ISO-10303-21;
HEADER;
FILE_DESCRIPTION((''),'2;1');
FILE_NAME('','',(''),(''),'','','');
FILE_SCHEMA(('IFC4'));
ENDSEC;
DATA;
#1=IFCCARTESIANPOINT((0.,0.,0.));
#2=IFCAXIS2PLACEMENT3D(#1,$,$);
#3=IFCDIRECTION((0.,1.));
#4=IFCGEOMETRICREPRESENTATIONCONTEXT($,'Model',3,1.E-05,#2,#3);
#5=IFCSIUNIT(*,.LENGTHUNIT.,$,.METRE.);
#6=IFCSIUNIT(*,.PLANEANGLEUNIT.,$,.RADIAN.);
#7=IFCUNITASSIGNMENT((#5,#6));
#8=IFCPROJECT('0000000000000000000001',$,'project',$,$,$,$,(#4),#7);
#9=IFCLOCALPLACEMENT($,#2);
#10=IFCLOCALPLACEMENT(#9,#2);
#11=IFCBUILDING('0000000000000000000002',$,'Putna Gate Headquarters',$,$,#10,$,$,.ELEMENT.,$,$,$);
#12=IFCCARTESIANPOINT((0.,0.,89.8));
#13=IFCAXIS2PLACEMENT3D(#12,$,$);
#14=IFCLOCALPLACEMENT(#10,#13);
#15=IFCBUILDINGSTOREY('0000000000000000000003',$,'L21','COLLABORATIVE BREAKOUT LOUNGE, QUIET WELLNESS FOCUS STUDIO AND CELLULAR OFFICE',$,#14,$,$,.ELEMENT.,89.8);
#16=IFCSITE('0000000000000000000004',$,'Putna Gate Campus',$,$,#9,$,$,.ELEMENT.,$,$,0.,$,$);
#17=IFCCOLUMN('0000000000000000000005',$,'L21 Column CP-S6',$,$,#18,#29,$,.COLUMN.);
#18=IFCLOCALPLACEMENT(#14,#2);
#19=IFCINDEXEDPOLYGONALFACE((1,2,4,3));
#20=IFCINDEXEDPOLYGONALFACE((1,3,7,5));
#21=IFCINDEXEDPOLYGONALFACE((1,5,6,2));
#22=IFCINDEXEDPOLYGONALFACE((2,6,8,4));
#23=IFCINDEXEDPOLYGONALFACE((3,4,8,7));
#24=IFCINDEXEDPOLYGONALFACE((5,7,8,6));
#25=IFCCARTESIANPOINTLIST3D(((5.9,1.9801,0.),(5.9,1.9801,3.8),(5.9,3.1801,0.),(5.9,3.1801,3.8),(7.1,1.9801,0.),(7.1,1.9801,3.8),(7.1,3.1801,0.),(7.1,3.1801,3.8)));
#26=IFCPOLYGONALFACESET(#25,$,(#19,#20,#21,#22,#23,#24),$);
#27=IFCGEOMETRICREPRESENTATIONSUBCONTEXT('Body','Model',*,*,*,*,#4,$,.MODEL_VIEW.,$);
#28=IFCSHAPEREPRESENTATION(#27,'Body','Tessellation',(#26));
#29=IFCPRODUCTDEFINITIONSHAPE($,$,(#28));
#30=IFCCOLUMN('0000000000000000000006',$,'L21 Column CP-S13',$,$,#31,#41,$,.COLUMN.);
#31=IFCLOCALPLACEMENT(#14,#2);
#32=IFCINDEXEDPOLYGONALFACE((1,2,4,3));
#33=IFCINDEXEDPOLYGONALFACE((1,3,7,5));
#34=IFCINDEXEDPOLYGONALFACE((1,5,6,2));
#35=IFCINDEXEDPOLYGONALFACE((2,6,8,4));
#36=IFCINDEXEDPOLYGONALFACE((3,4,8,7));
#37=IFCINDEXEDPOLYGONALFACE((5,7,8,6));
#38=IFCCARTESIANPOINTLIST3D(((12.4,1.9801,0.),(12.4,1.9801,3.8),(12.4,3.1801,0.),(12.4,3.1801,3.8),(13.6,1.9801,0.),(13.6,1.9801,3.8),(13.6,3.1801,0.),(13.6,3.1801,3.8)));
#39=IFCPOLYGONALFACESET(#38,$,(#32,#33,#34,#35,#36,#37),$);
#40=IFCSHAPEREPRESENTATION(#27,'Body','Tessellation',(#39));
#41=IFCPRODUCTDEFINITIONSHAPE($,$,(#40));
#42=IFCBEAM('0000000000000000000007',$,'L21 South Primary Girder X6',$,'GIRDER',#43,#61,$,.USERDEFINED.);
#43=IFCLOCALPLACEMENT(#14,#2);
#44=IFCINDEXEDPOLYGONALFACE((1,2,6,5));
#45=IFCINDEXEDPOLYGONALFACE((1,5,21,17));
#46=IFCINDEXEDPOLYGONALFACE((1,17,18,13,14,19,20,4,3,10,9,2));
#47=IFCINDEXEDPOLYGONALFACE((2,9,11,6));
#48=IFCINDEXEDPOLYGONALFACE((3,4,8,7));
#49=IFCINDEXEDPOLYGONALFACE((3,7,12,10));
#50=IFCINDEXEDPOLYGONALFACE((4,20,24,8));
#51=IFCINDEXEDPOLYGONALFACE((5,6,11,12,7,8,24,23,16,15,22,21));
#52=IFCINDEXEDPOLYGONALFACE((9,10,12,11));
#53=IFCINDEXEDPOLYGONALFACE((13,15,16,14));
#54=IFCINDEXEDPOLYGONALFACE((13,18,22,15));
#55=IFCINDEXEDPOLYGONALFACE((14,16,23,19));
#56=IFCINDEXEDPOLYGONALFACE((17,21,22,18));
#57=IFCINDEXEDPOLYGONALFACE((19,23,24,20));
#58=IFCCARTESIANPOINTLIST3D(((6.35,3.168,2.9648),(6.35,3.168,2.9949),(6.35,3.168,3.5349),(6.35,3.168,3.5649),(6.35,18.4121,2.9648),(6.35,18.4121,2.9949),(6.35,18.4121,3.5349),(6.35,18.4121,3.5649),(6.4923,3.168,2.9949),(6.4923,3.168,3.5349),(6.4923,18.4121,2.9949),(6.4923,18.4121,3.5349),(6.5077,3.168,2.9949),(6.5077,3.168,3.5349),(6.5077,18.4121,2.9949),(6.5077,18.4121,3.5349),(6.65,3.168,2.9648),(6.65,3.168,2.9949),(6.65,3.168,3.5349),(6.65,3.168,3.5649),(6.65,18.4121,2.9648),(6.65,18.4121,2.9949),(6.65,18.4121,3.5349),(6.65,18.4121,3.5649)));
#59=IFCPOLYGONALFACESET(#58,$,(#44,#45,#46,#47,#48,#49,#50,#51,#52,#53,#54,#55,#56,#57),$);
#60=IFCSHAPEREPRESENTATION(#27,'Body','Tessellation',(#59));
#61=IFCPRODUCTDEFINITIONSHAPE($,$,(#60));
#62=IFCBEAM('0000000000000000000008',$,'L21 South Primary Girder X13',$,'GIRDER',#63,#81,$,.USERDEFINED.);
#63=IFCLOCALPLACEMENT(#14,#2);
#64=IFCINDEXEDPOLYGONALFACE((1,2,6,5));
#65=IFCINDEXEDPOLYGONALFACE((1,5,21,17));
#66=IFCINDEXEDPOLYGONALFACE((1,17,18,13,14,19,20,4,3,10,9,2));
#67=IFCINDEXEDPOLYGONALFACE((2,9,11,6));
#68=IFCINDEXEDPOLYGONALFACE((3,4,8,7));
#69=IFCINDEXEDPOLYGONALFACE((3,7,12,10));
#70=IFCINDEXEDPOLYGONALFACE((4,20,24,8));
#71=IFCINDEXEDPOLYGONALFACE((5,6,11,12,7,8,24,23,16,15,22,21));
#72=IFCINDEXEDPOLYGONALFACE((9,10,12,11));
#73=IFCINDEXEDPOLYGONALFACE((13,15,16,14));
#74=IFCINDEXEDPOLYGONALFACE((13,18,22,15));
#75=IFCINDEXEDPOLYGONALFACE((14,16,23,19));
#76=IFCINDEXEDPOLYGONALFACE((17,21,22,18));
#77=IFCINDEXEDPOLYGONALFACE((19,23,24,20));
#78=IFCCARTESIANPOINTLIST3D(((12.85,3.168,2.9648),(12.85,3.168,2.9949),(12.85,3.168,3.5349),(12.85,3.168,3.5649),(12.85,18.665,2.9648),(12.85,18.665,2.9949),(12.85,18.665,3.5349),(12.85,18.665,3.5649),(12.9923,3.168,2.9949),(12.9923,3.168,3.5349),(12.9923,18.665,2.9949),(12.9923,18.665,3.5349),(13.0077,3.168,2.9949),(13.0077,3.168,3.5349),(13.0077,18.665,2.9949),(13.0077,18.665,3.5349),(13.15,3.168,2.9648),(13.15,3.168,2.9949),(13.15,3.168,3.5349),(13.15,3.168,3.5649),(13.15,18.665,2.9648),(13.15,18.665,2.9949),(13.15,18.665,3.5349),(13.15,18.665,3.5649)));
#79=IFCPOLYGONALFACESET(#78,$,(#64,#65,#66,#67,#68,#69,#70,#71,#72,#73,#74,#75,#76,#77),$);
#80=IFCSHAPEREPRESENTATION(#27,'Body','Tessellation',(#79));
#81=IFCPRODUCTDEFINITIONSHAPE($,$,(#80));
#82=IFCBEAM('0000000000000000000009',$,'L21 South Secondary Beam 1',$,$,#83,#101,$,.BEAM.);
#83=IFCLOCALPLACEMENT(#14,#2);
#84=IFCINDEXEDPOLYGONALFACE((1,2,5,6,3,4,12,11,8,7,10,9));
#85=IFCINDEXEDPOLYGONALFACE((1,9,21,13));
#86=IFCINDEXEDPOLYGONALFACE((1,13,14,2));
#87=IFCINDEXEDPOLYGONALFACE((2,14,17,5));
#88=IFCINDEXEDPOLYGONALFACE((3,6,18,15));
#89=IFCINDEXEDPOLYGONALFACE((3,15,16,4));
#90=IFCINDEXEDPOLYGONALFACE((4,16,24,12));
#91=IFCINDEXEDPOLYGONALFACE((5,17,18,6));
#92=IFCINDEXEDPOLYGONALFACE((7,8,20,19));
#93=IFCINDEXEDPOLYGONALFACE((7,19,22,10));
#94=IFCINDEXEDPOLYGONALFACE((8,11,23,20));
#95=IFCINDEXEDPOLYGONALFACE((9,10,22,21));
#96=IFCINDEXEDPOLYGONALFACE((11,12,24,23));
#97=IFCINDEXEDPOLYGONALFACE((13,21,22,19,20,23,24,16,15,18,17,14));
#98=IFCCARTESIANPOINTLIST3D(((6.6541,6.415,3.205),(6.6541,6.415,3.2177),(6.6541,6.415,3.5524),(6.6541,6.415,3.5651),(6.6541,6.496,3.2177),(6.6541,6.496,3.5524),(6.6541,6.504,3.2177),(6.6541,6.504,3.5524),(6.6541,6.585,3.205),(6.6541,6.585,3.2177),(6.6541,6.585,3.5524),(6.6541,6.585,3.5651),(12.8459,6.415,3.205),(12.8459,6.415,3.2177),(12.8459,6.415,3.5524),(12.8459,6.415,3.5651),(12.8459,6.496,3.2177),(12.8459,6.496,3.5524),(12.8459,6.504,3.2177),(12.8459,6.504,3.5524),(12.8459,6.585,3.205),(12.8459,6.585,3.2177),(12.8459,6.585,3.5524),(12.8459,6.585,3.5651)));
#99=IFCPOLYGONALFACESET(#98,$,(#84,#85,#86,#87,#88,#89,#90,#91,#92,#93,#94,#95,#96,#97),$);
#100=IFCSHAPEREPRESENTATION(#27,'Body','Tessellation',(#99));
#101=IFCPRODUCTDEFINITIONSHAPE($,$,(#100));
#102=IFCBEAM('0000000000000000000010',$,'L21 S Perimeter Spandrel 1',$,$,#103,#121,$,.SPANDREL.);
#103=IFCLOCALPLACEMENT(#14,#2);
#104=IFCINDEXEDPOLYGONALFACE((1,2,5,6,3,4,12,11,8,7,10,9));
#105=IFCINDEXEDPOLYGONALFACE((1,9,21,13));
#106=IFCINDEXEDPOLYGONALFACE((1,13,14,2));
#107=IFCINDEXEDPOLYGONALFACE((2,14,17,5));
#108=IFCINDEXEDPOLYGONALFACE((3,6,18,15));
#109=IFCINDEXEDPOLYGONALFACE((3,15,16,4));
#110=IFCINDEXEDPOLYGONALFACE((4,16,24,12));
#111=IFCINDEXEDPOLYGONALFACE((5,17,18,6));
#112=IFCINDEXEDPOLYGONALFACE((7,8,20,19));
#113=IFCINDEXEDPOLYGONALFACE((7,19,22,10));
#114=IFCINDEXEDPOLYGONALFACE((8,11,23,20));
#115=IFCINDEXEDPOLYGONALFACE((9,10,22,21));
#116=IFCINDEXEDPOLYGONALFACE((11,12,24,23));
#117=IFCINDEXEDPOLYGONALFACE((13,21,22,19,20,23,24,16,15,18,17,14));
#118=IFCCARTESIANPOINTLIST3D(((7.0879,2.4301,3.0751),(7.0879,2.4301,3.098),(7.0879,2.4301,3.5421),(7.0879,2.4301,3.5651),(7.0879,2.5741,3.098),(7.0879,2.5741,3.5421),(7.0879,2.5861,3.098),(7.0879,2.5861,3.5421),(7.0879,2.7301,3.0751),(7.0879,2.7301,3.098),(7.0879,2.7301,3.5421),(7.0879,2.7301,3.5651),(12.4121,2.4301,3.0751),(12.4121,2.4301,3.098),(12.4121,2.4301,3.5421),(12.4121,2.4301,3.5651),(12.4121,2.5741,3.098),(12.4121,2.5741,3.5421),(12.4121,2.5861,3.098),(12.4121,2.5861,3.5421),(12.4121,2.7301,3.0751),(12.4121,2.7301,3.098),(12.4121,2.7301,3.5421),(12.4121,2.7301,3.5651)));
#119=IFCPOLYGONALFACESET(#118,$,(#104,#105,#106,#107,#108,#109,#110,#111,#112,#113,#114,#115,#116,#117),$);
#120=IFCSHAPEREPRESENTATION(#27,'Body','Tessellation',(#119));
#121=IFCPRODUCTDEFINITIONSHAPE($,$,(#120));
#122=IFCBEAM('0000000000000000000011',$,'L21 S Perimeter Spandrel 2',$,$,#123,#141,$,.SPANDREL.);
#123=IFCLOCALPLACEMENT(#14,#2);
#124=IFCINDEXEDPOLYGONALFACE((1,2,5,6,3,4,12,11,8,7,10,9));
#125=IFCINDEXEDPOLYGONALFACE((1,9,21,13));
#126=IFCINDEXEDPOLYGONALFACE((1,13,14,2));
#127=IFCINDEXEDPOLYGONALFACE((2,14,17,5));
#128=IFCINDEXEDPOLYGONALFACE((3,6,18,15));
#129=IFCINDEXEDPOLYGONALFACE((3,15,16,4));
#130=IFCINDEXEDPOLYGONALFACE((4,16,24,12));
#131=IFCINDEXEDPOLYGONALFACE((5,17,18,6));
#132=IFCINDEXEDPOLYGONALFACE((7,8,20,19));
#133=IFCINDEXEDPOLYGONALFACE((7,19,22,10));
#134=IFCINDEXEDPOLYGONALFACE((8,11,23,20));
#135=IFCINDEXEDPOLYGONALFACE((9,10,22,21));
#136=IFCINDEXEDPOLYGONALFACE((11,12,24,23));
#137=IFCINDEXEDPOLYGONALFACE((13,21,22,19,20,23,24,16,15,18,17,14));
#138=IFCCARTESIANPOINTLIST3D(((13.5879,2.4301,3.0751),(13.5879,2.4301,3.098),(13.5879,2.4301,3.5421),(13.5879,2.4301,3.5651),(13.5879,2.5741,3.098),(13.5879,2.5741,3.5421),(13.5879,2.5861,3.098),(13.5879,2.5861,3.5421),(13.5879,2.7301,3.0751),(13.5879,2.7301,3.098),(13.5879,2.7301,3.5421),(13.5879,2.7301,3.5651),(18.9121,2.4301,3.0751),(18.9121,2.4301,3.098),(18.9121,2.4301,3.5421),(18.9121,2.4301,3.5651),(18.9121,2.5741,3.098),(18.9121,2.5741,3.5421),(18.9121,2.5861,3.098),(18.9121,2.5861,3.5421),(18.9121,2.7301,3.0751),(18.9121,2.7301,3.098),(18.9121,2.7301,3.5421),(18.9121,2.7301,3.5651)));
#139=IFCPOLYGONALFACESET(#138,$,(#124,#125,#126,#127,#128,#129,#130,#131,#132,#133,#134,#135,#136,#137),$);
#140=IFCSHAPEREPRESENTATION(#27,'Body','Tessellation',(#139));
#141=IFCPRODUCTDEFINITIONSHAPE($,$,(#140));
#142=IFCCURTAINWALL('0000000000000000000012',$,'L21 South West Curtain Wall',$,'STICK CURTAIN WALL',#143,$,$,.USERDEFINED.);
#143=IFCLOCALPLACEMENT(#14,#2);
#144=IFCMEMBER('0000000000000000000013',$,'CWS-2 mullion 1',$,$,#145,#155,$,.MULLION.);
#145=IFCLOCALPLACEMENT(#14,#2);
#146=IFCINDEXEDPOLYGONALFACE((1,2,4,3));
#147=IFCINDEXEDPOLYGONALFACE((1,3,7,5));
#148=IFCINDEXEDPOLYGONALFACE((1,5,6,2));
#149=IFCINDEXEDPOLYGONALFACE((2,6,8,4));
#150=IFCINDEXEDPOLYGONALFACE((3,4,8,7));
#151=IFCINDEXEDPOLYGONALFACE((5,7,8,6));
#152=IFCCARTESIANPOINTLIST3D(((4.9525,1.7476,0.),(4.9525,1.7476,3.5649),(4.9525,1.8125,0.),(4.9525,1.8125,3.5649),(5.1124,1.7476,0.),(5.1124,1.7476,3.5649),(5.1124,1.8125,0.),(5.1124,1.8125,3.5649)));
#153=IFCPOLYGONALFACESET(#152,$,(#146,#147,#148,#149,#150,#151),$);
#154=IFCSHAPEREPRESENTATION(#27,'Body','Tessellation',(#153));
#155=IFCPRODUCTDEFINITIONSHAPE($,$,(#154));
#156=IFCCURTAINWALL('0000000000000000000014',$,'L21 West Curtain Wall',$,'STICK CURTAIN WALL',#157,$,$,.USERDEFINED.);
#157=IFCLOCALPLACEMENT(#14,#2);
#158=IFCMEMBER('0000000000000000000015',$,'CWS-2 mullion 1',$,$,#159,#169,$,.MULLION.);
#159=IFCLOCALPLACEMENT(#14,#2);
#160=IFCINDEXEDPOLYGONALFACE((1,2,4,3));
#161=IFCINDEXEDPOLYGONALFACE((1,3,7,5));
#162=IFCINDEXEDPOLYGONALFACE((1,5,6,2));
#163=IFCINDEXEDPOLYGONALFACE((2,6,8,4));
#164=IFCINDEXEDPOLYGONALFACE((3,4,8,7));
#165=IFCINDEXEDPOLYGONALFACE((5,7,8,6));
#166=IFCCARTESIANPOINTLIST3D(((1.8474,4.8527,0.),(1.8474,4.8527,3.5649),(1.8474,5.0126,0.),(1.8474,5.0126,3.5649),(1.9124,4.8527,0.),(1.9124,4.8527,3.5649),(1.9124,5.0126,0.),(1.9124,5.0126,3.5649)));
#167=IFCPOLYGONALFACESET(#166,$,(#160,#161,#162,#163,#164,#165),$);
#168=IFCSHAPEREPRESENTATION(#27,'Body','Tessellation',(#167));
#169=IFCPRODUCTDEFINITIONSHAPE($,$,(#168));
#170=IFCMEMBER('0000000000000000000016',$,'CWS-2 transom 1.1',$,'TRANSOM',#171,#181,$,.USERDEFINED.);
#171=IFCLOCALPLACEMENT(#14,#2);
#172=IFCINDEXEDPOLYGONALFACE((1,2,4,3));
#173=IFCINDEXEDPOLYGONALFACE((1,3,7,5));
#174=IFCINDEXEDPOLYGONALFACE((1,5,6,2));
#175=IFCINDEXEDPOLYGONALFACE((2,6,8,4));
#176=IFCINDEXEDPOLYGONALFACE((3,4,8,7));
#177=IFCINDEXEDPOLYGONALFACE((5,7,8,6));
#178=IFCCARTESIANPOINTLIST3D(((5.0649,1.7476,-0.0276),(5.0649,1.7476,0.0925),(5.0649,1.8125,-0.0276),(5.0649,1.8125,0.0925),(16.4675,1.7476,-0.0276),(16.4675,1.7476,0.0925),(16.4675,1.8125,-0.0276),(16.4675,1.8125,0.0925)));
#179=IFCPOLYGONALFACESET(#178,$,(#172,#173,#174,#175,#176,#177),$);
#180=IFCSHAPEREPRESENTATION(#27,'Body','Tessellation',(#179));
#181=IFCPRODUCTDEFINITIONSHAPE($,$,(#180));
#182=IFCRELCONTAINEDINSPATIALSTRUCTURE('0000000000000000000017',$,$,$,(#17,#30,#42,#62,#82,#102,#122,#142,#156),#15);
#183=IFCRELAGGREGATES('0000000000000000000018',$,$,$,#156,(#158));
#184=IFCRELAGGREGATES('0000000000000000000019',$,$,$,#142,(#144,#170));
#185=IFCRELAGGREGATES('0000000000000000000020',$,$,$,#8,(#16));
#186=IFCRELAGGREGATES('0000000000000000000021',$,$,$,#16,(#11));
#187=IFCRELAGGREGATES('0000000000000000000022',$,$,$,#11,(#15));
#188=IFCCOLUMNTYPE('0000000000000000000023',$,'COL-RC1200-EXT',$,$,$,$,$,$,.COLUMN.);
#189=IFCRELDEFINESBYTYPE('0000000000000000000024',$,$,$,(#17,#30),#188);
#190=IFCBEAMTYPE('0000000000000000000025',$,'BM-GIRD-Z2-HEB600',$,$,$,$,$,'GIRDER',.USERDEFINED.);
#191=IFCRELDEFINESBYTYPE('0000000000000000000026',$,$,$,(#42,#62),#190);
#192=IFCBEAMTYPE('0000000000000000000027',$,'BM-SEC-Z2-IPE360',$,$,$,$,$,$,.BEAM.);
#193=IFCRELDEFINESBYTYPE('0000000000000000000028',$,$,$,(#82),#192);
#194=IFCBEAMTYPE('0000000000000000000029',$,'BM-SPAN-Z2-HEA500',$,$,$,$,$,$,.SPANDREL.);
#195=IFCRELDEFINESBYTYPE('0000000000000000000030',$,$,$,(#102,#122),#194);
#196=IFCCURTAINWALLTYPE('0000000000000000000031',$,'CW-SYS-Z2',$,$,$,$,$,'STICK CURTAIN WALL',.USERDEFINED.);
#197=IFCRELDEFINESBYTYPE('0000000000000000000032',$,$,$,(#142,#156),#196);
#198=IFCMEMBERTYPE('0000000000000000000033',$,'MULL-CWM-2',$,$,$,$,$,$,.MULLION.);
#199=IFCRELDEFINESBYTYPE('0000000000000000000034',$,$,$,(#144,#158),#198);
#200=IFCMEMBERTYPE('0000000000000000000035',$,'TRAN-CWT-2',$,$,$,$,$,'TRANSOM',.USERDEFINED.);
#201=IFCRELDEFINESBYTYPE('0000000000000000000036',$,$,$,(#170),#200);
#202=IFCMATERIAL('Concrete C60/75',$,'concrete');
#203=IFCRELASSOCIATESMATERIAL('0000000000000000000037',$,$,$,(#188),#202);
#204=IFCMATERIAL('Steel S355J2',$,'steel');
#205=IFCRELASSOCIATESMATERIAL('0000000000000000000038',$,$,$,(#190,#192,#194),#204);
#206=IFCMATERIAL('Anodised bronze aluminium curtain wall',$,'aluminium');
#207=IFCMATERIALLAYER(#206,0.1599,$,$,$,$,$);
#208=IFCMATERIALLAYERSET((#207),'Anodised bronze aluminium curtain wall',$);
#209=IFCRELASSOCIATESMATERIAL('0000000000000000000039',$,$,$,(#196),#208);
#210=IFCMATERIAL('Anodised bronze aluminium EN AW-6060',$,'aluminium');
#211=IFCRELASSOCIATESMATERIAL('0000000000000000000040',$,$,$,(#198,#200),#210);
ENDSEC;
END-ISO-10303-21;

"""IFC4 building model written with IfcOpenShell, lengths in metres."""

from ifc_helpers import new_model, si_unit, direction, frame, origin, origin_2d, place, context, subcontext, project, spatial, rectangle, i_section, extrude, material, layer, layer_set, material_profile, profile_set, type_object, element, aggregate, save


model = new_model("IFC4")

# Units and contexts
model_context = context("Model", 3, precision=1e-05, world=origin(), true_north=direction((0.0, 1.0)))
body_context = subcontext(model_context, "Body", "Model", "MODEL_VIEW")
ifc_project = project(units=[si_unit("LENGTHUNIT", "METRE"), si_unit("PLANEANGLEUNIT", "RADIAN")], contexts=[model_context])

# Site, building, storey
site_placement = place(None, origin())
site = spatial("IfcSite", under=ifc_project, at=site_placement, Name="Putna Gate Campus", CompositionType="ELEMENT", RefElevation=0.0)
building_placement = place(site_placement, origin())
building = spatial("IfcBuilding", under=site, at=building_placement, Name="Putna Gate Headquarters", CompositionType="ELEMENT")
storey_placement = place(building_placement, frame((0.0, 0.0, 89.8)))
storey = spatial("IfcBuildingStorey", under=building, at=storey_placement, Name="L21", Description="COLLABORATIVE BREAKOUT LOUNGE, QUIET WELLNESS FOCUS STUDIO AND CELLULAR OFFICE", CompositionType="ELEMENT", Elevation=89.8)

# Columns
ifc_material_1 = material(Name="Concrete C60/75", Category="concrete")
ifc_material_profile_1 = material_profile(ifc_material_1, rectangle(XDim=1.2, YDim=1.2, at=origin_2d()), Name="Concrete C60/75")
ifc_profile_set_1 = profile_set([ifc_material_profile_1], Name="Concrete C60/75")
column_type = type_object("IfcColumnType", Name="COL-RC1200-EXT", PredefinedType="COLUMN", material=ifc_profile_set_1)
for number, where, z_axis, x_axis, name in (
    (1, (6.5, 2.5801, 0.0), (0.0, 0.0, 1.0), (1.0, 0.0, 0.0), "L21 Column CP-S6"),
    (2, (13.0, 2.5801, 0.0), (0.0, 0.0, 1.0), (1.0, 0.0, 0.0), "L21 Column CP-S13"),
):
    element("IfcColumn", number, at=place(storey_placement, frame(where, z_axis=z_axis, x_axis=x_axis)), inside=storey, type_object=column_type, Name=name, PredefinedType="COLUMN", context=body_context, shape_type="SweptSolid", body=[
        extrude(rectangle(XDim=1.2, YDim=1.2, at=origin_2d()), origin(), (0.0, 0.0, 1.0), 3.8),
    ])

# Beams
ifc_material_2 = material(Name="Steel S355J2", Category="steel")
ifc_material_profile_2 = material_profile(ifc_material_2, i_section(OverallWidth=0.3, OverallDepth=0.6001, WebThickness=0.0154, FlangeThickness=0.03, at=origin_2d()), Name="Steel S355J2")
ifc_profile_set_2 = profile_set([ifc_material_profile_2], Name="Steel S355J2")
beam_type_1 = type_object("IfcBeamType", Name="BM-GIRD-Z2-HEB600", ElementType="GIRDER", PredefinedType="USERDEFINED", material=ifc_profile_set_2)
beam_1_placement = place(storey_placement, frame((6.5, 3.168, 3.2649), z_axis=(0.0, 1.0, 0.0), x_axis=(-1.0, 0.0, 0.0)))
element("IfcBeam", 3, at=beam_1_placement, inside=storey, type_object=beam_type_1, Name="L21 South Primary Girder X6", ObjectType="GIRDER", PredefinedType="USERDEFINED", context=body_context, shape_type="SweptSolid", body=[
    extrude(i_section(OverallWidth=0.3, OverallDepth=0.6001, WebThickness=0.0154, FlangeThickness=0.03, at=origin_2d()), origin(), (0.0, 0.0, 1.0), 15.2441),
])
beam_2_placement = place(storey_placement, frame((13.0, 3.168, 3.2649), z_axis=(0.0, 1.0, 0.0), x_axis=(-1.0, 0.0, 0.0)))
element("IfcBeam", 4, at=beam_2_placement, inside=storey, type_object=beam_type_1, Name="L21 South Primary Girder X13", ObjectType="GIRDER", PredefinedType="USERDEFINED", context=body_context, shape_type="SweptSolid", body=[
    extrude(i_section(OverallWidth=0.3, OverallDepth=0.6001, WebThickness=0.0154, FlangeThickness=0.03, at=origin_2d()), origin(), (0.0, 0.0, 1.0), 15.4971),
])
ifc_material_profile_3 = material_profile(ifc_material_2, i_section(OverallWidth=0.1699, OverallDepth=0.3601, WebThickness=0.0081, FlangeThickness=0.0127, at=origin_2d()), Name="Steel S355J2")
ifc_profile_set_3 = profile_set([ifc_material_profile_3], Name="Steel S355J2")
beam_type_2 = type_object("IfcBeamType", Name="BM-SEC-Z2-IPE360", PredefinedType="BEAM", material=ifc_profile_set_3)
beam_3_placement = place(storey_placement, frame((6.6541, 6.5, 3.385), z_axis=(1.0, 0.0, 0.0), x_axis=(0.0, 1.0, 0.0)))
element("IfcBeam", 5, at=beam_3_placement, inside=storey, type_object=beam_type_2, Name="L21 South Secondary Beam 1", PredefinedType="BEAM", context=body_context, shape_type="SweptSolid", body=[
    extrude(i_section(OverallWidth=0.1699, OverallDepth=0.3601, WebThickness=0.0081, FlangeThickness=0.0127, at=origin_2d()), origin(), (0.0, 0.0, 1.0), 6.1919),
])
ifc_material_profile_4 = material_profile(ifc_material_2, i_section(OverallWidth=0.3, OverallDepth=0.49, WebThickness=0.012, FlangeThickness=0.0229, at=origin_2d()), Name="Steel S355J2")
ifc_profile_set_4 = profile_set([ifc_material_profile_4], Name="Steel S355J2")
beam_type_3 = type_object("IfcBeamType", Name="BM-SPAN-Z2-HEA500", PredefinedType="SPANDREL", material=ifc_profile_set_4)
for number, where, z_axis, x_axis, name in (
    (6, (7.0879, 2.5801, 3.3201), (1.0, 0.0, 0.0), (0.0, 1.0, 0.0), "L21 S Perimeter Spandrel 1"),
    (7, (13.5879, 2.5801, 3.3201), (1.0, 0.0, 0.0), (0.0, 1.0, 0.0), "L21 S Perimeter Spandrel 2"),
):
    element("IfcBeam", number, at=place(storey_placement, frame(where, z_axis=z_axis, x_axis=x_axis)), inside=storey, type_object=beam_type_3, Name=name, PredefinedType="SPANDREL", context=body_context, shape_type="SweptSolid", body=[
        extrude(i_section(OverallWidth=0.3, OverallDepth=0.49, WebThickness=0.012, FlangeThickness=0.0229, at=origin_2d()), origin(), (0.0, 0.0, 1.0), 5.3242),
    ])

# Curtain walls, members
ifc_material_3 = material(Name="Anodised bronze aluminium curtain wall", Category="aluminium")
ifc_layer_1 = layer(ifc_material_3, 0.1599)
ifc_layer_set_1 = layer_set([ifc_layer_1], Name="Anodised bronze aluminium curtain wall")
curtain_wall_type = type_object("IfcCurtainWallType", Name="CW-SYS-Z2", ElementType="STICK CURTAIN WALL", PredefinedType="USERDEFINED", material=ifc_layer_set_1)
curtain_wall_1_placement = place(storey_placement, origin())
curtain_wall_1 = element("IfcCurtainWall", 8, at=curtain_wall_1_placement, inside=storey, type_object=curtain_wall_type, Name="L21 South West Curtain Wall", ObjectType="STICK CURTAIN WALL", PredefinedType="USERDEFINED")
ifc_material_4 = material(Name="Anodised bronze aluminium EN AW-6060", Category="aluminium")
ifc_material_profile_5 = material_profile(ifc_material_4, rectangle(XDim=0.0649, YDim=0.1599, at=origin_2d()), Name="Anodised bronze aluminium EN AW-6060")
ifc_profile_set_5 = profile_set([ifc_material_profile_5], Name="Anodised bronze aluminium EN AW-6060")
member_type_1 = type_object("IfcMemberType", Name="MULL-CWM-2", PredefinedType="MULLION", material=ifc_profile_set_5)
member_1_placement = place(storey_placement, frame((5.0325, 1.78, 0.0), z_axis=(0.0, 0.0, 1.0), x_axis=(0.0, 1.0, 0.0)))
member_1 = element("IfcMember", 9, at=member_1_placement, type_object=member_type_1, Name="CWS-2 mullion 1", PredefinedType="MULLION", context=body_context, shape_type="SweptSolid", body=[
    extrude(rectangle(XDim=0.0649, YDim=0.1599, at=origin_2d()), origin(), (0.0, 0.0, 1.0), 3.5649),
])
curtain_wall_2_placement = place(storey_placement, origin())
curtain_wall_2 = element("IfcCurtainWall", 10, at=curtain_wall_2_placement, inside=storey, type_object=curtain_wall_type, Name="L21 West Curtain Wall", ObjectType="STICK CURTAIN WALL", PredefinedType="USERDEFINED")
member_2_placement = place(storey_placement, frame((1.8799, 4.9326, 0.0), z_axis=(0.0, 0.0, 1.0), x_axis=(-1.0, 0.0, 0.0)))
member_2 = element("IfcMember", 11, at=member_2_placement, type_object=member_type_1, Name="CWS-2 mullion 1", PredefinedType="MULLION", context=body_context, shape_type="SweptSolid", body=[
    extrude(rectangle(XDim=0.0649, YDim=0.1599, at=origin_2d()), origin(), (0.0, 0.0, 1.0), 3.5649),
])

# Member
ifc_material_profile_6 = material_profile(ifc_material_4, rectangle(XDim=0.0649, YDim=0.1201, at=origin_2d()), Name="Anodised bronze aluminium EN AW-6060")
ifc_profile_set_6 = profile_set([ifc_material_profile_6], Name="Anodised bronze aluminium EN AW-6060")
member_type_2 = type_object("IfcMemberType", Name="TRAN-CWT-2", ElementType="TRANSOM", PredefinedType="USERDEFINED", material=ifc_profile_set_6)
member_3_placement = place(storey_placement, frame((5.0649, 1.78, 0.0325), z_axis=(1.0, 0.0, 0.0), x_axis=(0.0, 1.0, 0.0)))
member_3 = element("IfcMember", 12, at=member_3_placement, type_object=member_type_2, Name="CWS-2 transom 1.1", ObjectType="TRANSOM", PredefinedType="USERDEFINED", context=body_context, shape_type="SweptSolid", body=[
    extrude(rectangle(XDim=0.0649, YDim=0.1201, at=origin_2d()), origin(), (0.0, 0.0, 1.0), 11.4026),
])
aggregate(curtain_wall_2, [member_2])

aggregate(curtain_wall_1, [member_1, member_3])

save(model, "model.ifc")
